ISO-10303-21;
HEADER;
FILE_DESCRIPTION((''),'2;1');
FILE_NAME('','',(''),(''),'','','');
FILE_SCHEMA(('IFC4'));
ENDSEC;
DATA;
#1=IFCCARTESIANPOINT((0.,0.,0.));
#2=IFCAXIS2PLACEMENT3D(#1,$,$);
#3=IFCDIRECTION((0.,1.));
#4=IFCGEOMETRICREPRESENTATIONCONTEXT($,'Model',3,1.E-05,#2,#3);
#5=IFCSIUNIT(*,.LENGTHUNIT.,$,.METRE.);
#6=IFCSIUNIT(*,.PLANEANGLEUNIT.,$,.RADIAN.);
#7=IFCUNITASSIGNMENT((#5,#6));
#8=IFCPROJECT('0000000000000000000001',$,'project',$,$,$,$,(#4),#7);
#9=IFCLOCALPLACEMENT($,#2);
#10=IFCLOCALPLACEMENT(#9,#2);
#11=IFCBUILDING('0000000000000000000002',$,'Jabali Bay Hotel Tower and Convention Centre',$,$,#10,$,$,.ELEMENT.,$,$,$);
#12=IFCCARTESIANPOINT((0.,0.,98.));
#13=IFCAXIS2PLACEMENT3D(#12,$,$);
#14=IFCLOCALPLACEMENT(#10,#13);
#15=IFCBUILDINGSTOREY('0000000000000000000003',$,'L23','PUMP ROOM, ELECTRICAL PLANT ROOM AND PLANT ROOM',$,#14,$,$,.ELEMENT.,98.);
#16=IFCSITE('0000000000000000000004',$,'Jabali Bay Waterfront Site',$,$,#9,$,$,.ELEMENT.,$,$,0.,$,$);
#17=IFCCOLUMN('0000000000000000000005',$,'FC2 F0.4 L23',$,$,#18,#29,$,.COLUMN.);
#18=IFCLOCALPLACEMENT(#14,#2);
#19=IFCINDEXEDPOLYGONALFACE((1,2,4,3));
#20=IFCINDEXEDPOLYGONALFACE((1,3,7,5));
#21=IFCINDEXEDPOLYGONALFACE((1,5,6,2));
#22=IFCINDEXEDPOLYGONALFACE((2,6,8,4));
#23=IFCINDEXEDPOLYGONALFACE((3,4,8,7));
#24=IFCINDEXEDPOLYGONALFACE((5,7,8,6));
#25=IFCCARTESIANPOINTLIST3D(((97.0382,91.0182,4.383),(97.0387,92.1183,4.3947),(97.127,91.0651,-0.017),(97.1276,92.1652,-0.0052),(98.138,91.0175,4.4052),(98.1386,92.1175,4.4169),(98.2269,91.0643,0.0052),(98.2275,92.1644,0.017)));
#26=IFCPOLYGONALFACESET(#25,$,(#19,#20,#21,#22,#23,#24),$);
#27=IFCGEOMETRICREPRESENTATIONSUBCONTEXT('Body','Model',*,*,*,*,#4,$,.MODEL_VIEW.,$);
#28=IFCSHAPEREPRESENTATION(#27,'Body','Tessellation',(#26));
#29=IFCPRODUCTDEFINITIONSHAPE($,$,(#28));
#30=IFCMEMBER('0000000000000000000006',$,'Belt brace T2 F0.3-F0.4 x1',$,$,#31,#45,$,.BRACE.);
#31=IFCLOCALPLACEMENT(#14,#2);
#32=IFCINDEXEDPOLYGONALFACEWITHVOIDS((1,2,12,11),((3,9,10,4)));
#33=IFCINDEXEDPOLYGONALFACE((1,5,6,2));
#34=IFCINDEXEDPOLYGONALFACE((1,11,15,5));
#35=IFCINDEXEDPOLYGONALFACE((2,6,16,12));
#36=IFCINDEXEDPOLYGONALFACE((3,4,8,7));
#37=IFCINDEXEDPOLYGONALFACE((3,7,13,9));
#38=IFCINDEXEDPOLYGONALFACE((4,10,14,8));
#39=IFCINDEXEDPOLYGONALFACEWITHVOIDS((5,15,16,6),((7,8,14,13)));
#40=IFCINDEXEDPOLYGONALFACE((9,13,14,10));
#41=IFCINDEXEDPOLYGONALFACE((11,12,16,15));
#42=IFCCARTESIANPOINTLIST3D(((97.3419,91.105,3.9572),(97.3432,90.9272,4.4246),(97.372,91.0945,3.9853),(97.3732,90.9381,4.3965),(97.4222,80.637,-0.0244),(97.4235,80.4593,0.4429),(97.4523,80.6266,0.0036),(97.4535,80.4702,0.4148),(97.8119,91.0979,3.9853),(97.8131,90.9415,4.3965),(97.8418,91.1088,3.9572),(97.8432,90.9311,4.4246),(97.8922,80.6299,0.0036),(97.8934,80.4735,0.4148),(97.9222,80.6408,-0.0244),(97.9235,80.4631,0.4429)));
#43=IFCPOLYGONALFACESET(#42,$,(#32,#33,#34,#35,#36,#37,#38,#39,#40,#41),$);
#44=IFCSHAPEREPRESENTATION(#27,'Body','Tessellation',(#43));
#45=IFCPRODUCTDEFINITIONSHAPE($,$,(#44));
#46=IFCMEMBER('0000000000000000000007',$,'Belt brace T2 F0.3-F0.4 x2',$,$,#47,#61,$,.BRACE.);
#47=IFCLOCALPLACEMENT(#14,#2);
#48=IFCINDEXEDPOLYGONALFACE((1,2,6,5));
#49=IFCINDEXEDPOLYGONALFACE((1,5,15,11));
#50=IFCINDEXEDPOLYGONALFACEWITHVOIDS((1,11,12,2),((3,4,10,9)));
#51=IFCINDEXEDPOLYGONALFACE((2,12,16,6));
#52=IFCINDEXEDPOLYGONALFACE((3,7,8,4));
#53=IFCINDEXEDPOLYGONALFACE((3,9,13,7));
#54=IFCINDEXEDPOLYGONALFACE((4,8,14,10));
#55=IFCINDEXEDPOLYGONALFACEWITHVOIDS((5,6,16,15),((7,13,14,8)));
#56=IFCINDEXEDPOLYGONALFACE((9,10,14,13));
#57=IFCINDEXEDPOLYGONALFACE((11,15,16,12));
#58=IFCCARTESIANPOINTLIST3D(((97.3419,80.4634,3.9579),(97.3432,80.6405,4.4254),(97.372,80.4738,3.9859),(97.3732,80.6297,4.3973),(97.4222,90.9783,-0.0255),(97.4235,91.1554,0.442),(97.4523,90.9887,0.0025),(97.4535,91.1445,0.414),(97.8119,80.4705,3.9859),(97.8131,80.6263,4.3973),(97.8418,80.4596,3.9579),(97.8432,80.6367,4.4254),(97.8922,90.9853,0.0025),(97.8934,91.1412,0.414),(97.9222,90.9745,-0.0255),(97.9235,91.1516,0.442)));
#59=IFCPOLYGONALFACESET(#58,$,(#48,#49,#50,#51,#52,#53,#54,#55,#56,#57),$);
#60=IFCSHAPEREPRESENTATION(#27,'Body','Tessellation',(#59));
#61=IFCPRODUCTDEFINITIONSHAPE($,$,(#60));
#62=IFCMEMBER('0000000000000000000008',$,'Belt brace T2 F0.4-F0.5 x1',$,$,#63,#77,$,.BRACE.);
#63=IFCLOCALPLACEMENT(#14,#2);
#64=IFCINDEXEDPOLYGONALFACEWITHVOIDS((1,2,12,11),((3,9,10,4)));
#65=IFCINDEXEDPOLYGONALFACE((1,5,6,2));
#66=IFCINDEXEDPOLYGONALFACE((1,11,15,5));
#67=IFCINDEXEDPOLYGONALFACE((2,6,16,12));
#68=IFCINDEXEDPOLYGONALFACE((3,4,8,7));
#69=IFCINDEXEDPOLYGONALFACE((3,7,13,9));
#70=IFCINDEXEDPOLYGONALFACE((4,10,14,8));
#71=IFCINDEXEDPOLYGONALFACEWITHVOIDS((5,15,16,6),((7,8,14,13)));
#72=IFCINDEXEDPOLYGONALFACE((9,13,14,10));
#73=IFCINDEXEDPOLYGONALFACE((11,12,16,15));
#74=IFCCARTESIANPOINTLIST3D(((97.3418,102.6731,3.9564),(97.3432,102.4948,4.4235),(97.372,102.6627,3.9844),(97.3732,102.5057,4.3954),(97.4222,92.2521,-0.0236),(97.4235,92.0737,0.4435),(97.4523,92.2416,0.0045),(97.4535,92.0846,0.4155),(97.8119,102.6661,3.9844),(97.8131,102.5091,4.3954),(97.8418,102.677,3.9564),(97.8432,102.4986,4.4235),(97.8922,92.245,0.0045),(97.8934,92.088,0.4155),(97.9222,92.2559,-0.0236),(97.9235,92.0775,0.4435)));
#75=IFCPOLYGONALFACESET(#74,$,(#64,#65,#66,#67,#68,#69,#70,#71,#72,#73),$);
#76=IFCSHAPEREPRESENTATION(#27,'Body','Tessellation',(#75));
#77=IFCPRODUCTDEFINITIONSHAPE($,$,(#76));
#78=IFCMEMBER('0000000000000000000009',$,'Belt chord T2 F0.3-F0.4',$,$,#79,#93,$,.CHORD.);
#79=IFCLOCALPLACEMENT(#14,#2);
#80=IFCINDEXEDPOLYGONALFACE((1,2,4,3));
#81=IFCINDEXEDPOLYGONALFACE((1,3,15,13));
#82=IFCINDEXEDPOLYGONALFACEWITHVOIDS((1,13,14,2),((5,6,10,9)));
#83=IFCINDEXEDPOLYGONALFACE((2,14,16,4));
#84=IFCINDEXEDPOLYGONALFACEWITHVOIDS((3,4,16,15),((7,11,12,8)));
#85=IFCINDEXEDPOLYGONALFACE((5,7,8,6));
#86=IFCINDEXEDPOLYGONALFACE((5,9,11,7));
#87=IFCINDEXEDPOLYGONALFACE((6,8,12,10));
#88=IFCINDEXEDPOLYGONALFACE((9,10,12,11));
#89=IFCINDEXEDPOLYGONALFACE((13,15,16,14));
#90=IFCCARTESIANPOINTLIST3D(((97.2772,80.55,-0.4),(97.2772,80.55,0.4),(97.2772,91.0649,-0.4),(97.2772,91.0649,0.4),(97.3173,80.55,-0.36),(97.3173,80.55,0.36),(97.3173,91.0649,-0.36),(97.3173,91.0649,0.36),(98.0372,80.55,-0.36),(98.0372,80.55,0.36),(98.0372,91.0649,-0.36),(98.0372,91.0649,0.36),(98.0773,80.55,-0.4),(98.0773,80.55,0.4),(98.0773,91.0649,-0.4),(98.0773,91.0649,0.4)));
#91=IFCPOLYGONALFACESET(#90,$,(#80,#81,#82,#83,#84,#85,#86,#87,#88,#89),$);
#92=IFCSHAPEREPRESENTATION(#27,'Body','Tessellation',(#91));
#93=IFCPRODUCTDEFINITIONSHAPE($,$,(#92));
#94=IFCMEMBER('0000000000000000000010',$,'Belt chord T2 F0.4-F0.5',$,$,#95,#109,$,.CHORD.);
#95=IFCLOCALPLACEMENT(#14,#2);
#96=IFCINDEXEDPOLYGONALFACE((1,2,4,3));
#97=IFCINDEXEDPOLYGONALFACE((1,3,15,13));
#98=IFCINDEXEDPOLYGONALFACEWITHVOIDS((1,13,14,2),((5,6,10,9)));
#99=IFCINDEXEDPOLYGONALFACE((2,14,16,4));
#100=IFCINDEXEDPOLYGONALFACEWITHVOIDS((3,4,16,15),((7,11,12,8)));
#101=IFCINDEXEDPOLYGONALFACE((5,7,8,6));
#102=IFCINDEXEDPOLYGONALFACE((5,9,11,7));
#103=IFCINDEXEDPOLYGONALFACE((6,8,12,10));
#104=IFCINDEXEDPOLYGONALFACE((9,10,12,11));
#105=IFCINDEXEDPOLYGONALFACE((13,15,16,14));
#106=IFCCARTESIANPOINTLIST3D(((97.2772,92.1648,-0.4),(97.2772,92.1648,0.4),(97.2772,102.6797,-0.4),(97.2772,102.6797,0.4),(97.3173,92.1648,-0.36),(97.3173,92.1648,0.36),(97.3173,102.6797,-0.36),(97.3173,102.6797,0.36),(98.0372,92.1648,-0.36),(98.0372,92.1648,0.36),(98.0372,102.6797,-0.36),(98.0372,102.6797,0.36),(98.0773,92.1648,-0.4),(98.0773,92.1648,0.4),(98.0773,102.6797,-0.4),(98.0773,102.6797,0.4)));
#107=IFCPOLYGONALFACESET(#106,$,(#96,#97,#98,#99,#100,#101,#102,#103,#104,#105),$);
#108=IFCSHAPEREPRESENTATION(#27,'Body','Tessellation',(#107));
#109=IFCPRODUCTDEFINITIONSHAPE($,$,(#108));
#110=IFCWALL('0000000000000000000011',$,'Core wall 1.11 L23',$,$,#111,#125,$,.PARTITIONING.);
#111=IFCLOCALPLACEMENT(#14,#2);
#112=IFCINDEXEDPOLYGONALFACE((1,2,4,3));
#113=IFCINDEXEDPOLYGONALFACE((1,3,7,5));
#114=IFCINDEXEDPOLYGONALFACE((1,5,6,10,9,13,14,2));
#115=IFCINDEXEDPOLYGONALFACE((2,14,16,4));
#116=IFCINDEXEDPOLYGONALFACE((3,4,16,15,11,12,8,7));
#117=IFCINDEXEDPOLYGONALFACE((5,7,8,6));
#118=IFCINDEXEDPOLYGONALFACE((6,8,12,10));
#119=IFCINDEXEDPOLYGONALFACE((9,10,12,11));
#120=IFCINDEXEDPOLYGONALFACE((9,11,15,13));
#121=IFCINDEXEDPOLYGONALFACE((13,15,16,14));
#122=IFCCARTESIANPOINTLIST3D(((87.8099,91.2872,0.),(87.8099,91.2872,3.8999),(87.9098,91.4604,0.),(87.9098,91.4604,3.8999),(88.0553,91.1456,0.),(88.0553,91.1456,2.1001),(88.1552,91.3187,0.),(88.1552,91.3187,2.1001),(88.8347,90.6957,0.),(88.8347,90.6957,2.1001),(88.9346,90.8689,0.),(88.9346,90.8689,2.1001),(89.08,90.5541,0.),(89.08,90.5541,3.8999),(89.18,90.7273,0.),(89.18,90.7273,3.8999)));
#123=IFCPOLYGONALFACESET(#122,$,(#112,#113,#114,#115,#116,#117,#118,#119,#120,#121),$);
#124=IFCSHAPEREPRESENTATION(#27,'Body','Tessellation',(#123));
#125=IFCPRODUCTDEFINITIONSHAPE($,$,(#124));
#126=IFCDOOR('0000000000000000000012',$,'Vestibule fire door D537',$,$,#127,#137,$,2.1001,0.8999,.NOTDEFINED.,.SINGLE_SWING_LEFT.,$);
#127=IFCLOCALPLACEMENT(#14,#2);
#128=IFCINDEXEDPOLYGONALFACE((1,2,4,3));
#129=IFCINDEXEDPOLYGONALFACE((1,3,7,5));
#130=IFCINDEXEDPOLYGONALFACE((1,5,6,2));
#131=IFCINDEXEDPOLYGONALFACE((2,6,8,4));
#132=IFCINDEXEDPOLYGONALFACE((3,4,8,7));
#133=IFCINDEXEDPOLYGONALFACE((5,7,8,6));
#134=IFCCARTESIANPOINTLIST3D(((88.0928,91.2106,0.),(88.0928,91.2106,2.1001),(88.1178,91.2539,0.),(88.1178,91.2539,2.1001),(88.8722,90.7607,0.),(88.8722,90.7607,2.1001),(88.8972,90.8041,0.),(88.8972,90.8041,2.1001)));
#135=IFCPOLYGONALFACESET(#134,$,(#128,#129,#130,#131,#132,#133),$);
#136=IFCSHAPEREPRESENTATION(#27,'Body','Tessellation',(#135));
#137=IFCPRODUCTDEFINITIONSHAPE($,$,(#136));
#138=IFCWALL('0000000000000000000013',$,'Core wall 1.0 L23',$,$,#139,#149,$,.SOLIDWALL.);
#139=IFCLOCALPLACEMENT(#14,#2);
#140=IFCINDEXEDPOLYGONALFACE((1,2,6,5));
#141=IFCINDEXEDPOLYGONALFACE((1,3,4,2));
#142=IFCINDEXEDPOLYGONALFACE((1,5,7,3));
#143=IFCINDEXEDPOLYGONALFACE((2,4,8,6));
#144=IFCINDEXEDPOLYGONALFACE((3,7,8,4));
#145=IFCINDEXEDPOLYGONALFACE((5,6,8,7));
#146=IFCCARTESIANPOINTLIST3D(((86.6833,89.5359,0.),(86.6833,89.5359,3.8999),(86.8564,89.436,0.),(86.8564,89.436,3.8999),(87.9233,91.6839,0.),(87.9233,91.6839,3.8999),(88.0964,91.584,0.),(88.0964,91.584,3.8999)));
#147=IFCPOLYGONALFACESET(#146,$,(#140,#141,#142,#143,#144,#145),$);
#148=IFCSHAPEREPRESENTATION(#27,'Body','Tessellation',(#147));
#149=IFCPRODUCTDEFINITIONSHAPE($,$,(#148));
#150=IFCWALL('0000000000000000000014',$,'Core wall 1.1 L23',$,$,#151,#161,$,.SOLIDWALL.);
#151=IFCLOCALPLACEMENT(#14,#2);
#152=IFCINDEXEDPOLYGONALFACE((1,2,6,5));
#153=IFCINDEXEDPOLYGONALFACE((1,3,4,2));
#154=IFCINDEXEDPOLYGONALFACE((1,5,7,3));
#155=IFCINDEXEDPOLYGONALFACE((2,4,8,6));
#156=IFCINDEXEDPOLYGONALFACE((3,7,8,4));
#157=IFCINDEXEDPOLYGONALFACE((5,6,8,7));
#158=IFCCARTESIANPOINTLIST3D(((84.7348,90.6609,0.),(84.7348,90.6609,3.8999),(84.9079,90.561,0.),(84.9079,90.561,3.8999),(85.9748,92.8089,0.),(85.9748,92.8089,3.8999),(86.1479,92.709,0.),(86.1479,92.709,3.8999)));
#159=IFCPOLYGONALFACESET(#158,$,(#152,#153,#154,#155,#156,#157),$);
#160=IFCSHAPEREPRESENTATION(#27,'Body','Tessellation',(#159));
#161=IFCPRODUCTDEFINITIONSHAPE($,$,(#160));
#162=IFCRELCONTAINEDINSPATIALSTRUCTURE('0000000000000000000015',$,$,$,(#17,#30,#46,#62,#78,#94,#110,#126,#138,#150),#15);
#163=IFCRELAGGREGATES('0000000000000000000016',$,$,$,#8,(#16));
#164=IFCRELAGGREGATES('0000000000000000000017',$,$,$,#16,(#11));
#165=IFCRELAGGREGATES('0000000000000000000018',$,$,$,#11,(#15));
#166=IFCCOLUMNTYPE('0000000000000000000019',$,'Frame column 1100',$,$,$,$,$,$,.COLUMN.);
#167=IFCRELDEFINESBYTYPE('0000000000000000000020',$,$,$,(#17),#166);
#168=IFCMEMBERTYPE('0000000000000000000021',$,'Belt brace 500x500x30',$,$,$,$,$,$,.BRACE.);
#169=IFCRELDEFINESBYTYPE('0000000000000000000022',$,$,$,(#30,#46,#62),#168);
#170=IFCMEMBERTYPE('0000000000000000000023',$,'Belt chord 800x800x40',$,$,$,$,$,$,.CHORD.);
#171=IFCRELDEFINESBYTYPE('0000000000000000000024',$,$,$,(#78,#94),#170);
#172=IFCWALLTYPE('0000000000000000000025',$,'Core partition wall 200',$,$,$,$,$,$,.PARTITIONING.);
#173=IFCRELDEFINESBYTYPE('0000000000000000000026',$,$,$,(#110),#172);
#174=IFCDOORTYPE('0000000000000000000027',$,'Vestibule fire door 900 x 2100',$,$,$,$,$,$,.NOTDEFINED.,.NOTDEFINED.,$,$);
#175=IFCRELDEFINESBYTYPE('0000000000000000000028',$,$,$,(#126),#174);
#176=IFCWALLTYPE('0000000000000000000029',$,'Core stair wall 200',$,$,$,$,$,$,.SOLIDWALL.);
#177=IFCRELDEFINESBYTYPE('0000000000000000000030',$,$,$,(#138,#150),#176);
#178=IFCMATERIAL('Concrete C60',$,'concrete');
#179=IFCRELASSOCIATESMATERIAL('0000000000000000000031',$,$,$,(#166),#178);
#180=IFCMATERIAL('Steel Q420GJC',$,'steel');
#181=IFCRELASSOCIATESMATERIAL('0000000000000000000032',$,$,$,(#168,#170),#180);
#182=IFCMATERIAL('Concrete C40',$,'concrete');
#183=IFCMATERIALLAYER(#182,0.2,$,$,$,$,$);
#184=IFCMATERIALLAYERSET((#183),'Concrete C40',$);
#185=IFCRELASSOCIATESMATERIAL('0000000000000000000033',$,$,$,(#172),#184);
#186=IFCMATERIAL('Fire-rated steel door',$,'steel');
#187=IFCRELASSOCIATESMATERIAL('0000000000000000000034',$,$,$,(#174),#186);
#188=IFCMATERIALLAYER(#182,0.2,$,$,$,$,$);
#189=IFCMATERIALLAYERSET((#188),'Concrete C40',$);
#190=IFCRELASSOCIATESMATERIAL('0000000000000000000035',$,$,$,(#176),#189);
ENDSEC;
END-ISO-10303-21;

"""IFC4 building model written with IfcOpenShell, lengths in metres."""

from ifc_helpers import new_model, si_unit, direction, frame, frame_2d, origin, origin_2d, place, context, subcontext, project, spatial, rectangle, hollow_rectangle, extrude, material, layer, layer_set, material_profile, profile_set, type_object, element, fill, save


model = new_model("IFC4")

# Units and contexts
model_context = context("Model", 3, precision=1e-05, world=origin(), true_north=direction((0.0, 1.0)))
body_context = subcontext(model_context, "Body", "Model", "MODEL_VIEW")
ifc_project = project(units=[si_unit("LENGTHUNIT", "METRE"), si_unit("PLANEANGLEUNIT", "RADIAN")], contexts=[model_context])

# Site, building, storey
site_placement = place(None, origin())
site = spatial("IfcSite", under=ifc_project, at=site_placement, Name="Jabali Bay Waterfront Site", CompositionType="ELEMENT", RefElevation=0.0)
building_placement = place(site_placement, origin())
building = spatial("IfcBuilding", under=site, at=building_placement, Name="Jabali Bay Hotel Tower and Convention Centre", CompositionType="ELEMENT")
storey_placement = place(building_placement, frame((0.0, 0.0, 98.0)))
storey = spatial("IfcBuildingStorey", under=building, at=storey_placement, Name="L23", Description="PUMP ROOM, ELECTRICAL PLANT ROOM AND PLANT ROOM", CompositionType="ELEMENT", Elevation=98.0)

# Column
ifc_material_1 = material(Name="Concrete C60", Category="concrete")
ifc_material_profile_1 = material_profile(ifc_material_1, rectangle(XDim=1.1001, YDim=1.1001, at=origin_2d()), Name="Frame column 1100")
ifc_profile_set_1 = profile_set([ifc_material_profile_1], Name="Concrete C60")
column_type = type_object("IfcColumnType", Name="Frame column 1100", PredefinedType="COLUMN", material=ifc_profile_set_1)
column_placement = place(storey_placement, frame((97.6772, 91.6147, 0.0), z_axis=(-0.020192, -0.010651, 0.999739), x_axis=(0.999796, -0.000707, 0.020186)))
element("IfcColumn", 1, at=column_placement, inside=storey, type_object=column_type, Name="FC2 F0.4 L23", PredefinedType="COLUMN", context=body_context, shape_type="SweptSolid", body=[
    extrude(rectangle(XDim=1.1001, YDim=1.1001, at=origin_2d()), origin(), (0.0, 0.0, 1.0), 4.4011),
])

# Members
ifc_material_2 = material(Name="Steel Q420GJC", Category="steel")
ifc_material_profile_2 = material_profile(ifc_material_2, hollow_rectangle(XDim=0.5, YDim=0.5, WallThickness=0.03, at=origin_2d()), Name="Belt brace 500x500x30")
ifc_profile_set_2 = profile_set([ifc_material_profile_2], Name="Steel Q420GJC")
member_type_1 = type_object("IfcMemberType", Name="Belt brace 500x500x30", PredefinedType="BRACE", material=ifc_profile_set_2)
member_1_placement = place(storey_placement, frame((97.6729, 80.55, 0.2092), z_axis=(-0.007172, 0.934646, 0.355508), x_axis=(-0.999971, -0.007673, 0.0)))
element("IfcMember", 2, at=member_1_placement, inside=storey, type_object=member_type_1, Name="Belt brace T2 F0.3-F0.4 x1", PredefinedType="BRACE", context=body_context, shape_type="SweptSolid", body=[
    extrude(hollow_rectangle(XDim=0.5, YDim=0.5, WallThickness=0.03, at=origin_2d()), origin(), (0.0, 0.0, 1.0), 11.2),
])
member_2_placement = place(storey_placement, frame((97.6729, 91.0649, 0.2083), z_axis=(-0.007143, -0.935121, 0.354256), x_axis=(0.999971, -0.007639, 0.0)))
element("IfcMember", 3, at=member_2_placement, inside=storey, type_object=member_type_1, Name="Belt brace T2 F0.3-F0.4 x2", PredefinedType="BRACE", context=body_context, shape_type="SweptSolid", body=[
    extrude(hollow_rectangle(XDim=0.5, YDim=0.5, WallThickness=0.03, at=origin_2d()), origin(), (0.0, 0.0, 1.0), 11.2444),
])
member_3_placement = place(storey_placement, frame((97.6729, 92.1648, 0.21), z_axis=(-0.0072, 0.934164, 0.35677), x_axis=(-0.99997, -0.007707, 0.0)))
element("IfcMember", 4, at=member_3_placement, inside=storey, type_object=member_type_1, Name="Belt brace T2 F0.4-F0.5 x1", PredefinedType="BRACE", context=body_context, shape_type="SweptSolid", body=[
    extrude(hollow_rectangle(XDim=0.5, YDim=0.5, WallThickness=0.03, at=origin_2d()), origin(), (0.0, 0.0, 1.0), 11.1555),
])
ifc_material_profile_3 = material_profile(ifc_material_2, hollow_rectangle(XDim=0.8, YDim=0.8, WallThickness=0.04, at=origin_2d()), Name="Belt chord 800x800x40")
ifc_profile_set_3 = profile_set([ifc_material_profile_3], Name="Steel Q420GJC")
member_type_2 = type_object("IfcMemberType", Name="Belt chord 800x800x40", PredefinedType="CHORD", material=ifc_profile_set_3)
for number, where, z_axis, x_axis, name in (
    (5, (97.6772, 80.55, 0.0), (0.0, 1.0, 0.0), (-1.0, 0.0, 0.0), "Belt chord T2 F0.3-F0.4"),
    (6, (97.6772, 92.1648, 0.0), (0.0, 1.0, 0.0), (-1.0, 0.0, 0.0), "Belt chord T2 F0.4-F0.5"),
):
    element("IfcMember", number, at=place(storey_placement, frame(where, z_axis=z_axis, x_axis=x_axis)), inside=storey, type_object=member_type_2, Name=name, PredefinedType="CHORD", context=body_context, shape_type="SweptSolid", body=[
        extrude(hollow_rectangle(XDim=0.8, YDim=0.8, WallThickness=0.04, at=origin_2d()), origin(), (0.0, 0.0, 1.0), 10.5149),
    ])

# Wall, opening, door
ifc_material_3 = material(Name="Concrete C40", Category="concrete")
ifc_layer_1 = layer(ifc_material_3, 0.2)
ifc_layer_set_1 = layer_set([ifc_layer_1], Name="Concrete C40")
wall_type_1 = type_object("IfcWallType", Name="Core partition wall 200", PredefinedType="PARTITIONING", material=ifc_layer_set_1)
wall_1_placement = place(storey_placement, frame((89.1301, 90.6406, 0.0), z_axis=(0.0, 0.0, 1.0), x_axis=(-0.866094, 0.499881, 0.0)))
wall_1 = element("IfcWall", 7, at=wall_1_placement, inside=storey, type_object=wall_type_1, Name="Core wall 1.11 L23", PredefinedType="PARTITIONING", context=body_context, shape_type="SweptSolid", body=[
    extrude(rectangle(XDim=1.4666, YDim=0.2, at=frame_2d((0.7334, 0.0))), origin(), (0.0, 0.0, 1.0), 3.8999),
])
opening_1_placement = place(wall_1_placement, frame((0.2834, 0.0, 0.0)))
opening_1 = element("IfcOpeningElement", 8, at=opening_1_placement, cuts=wall_1, PredefinedType="OPENING", context=body_context, shape_type="SweptSolid", body=[
    extrude(rectangle(XDim=0.8999, YDim=2.1001, at=frame_2d((0.45, 1.05))), frame((0.0, 0.1104, 0.0), z_axis=(0.0, -1.0, 0.0), x_axis=(1.0, 0.0, 0.0)), (0.0, 0.0, 1.0), 0.2209),
])
ifc_material_4 = material(Name="Fire-rated steel door", Category="steel")
door_type_1 = type_object("IfcDoorType", Name="Vestibule fire door 900 x 2100", OperationType="NOTDEFINED", PredefinedType="NOTDEFINED", material=ifc_material_4)
door_1_placement = place(opening_1_placement, origin())
door_1 = element("IfcDoor", 9, at=door_1_placement, inside=storey, type_object=door_type_1, Name="Vestibule fire door D537", OperationType="SINGLE_SWING_LEFT", OverallHeight=2.1001, OverallWidth=0.8999, PredefinedType="NOTDEFINED", context=body_context, shape_type="SweptSolid", body=[
    extrude(rectangle(XDim=0.8999, YDim=2.1001, at=frame_2d((0.45, 1.05))), frame((0.0, 0.0249, 0.0), z_axis=(0.0, -1.0, 0.0), x_axis=(1.0, 0.0, 0.0)), (0.0, 0.0, 1.0), 0.05),
])
fill(opening_1, door_1)

# Walls
ifc_layer_2 = layer(ifc_material_3, 0.2)
ifc_layer_set_2 = layer_set([ifc_layer_2], Name="Concrete C40")
wall_type_2 = type_object("IfcWallType", Name="Core stair wall 200", PredefinedType="SOLIDWALL", material=ifc_layer_set_2)
for number, where, z_axis, x_axis, name in (
    (10, (86.7698, 89.4858, 0.0), (0.0, 0.0, 1.0), (0.499961, 0.866048, 0.0), "Core wall 1.0 L23"),
    (11, (84.8213, 90.6108, 0.0), (0.0, 0.0, 1.0), (0.499961, 0.866048, 0.0), "Core wall 1.1 L23"),
):
    element("IfcWall", number, at=place(storey_placement, frame(where, z_axis=z_axis, x_axis=x_axis)), inside=storey, type_object=wall_type_2, Name=name, PredefinedType="SOLIDWALL", context=body_context, shape_type="SweptSolid", body=[
        extrude(rectangle(XDim=2.4802, YDim=0.2, at=frame_2d((1.2402, 0.0))), origin(), (0.0, 0.0, 1.0), 3.8999),
    ])

save(model, "model.ifc")
